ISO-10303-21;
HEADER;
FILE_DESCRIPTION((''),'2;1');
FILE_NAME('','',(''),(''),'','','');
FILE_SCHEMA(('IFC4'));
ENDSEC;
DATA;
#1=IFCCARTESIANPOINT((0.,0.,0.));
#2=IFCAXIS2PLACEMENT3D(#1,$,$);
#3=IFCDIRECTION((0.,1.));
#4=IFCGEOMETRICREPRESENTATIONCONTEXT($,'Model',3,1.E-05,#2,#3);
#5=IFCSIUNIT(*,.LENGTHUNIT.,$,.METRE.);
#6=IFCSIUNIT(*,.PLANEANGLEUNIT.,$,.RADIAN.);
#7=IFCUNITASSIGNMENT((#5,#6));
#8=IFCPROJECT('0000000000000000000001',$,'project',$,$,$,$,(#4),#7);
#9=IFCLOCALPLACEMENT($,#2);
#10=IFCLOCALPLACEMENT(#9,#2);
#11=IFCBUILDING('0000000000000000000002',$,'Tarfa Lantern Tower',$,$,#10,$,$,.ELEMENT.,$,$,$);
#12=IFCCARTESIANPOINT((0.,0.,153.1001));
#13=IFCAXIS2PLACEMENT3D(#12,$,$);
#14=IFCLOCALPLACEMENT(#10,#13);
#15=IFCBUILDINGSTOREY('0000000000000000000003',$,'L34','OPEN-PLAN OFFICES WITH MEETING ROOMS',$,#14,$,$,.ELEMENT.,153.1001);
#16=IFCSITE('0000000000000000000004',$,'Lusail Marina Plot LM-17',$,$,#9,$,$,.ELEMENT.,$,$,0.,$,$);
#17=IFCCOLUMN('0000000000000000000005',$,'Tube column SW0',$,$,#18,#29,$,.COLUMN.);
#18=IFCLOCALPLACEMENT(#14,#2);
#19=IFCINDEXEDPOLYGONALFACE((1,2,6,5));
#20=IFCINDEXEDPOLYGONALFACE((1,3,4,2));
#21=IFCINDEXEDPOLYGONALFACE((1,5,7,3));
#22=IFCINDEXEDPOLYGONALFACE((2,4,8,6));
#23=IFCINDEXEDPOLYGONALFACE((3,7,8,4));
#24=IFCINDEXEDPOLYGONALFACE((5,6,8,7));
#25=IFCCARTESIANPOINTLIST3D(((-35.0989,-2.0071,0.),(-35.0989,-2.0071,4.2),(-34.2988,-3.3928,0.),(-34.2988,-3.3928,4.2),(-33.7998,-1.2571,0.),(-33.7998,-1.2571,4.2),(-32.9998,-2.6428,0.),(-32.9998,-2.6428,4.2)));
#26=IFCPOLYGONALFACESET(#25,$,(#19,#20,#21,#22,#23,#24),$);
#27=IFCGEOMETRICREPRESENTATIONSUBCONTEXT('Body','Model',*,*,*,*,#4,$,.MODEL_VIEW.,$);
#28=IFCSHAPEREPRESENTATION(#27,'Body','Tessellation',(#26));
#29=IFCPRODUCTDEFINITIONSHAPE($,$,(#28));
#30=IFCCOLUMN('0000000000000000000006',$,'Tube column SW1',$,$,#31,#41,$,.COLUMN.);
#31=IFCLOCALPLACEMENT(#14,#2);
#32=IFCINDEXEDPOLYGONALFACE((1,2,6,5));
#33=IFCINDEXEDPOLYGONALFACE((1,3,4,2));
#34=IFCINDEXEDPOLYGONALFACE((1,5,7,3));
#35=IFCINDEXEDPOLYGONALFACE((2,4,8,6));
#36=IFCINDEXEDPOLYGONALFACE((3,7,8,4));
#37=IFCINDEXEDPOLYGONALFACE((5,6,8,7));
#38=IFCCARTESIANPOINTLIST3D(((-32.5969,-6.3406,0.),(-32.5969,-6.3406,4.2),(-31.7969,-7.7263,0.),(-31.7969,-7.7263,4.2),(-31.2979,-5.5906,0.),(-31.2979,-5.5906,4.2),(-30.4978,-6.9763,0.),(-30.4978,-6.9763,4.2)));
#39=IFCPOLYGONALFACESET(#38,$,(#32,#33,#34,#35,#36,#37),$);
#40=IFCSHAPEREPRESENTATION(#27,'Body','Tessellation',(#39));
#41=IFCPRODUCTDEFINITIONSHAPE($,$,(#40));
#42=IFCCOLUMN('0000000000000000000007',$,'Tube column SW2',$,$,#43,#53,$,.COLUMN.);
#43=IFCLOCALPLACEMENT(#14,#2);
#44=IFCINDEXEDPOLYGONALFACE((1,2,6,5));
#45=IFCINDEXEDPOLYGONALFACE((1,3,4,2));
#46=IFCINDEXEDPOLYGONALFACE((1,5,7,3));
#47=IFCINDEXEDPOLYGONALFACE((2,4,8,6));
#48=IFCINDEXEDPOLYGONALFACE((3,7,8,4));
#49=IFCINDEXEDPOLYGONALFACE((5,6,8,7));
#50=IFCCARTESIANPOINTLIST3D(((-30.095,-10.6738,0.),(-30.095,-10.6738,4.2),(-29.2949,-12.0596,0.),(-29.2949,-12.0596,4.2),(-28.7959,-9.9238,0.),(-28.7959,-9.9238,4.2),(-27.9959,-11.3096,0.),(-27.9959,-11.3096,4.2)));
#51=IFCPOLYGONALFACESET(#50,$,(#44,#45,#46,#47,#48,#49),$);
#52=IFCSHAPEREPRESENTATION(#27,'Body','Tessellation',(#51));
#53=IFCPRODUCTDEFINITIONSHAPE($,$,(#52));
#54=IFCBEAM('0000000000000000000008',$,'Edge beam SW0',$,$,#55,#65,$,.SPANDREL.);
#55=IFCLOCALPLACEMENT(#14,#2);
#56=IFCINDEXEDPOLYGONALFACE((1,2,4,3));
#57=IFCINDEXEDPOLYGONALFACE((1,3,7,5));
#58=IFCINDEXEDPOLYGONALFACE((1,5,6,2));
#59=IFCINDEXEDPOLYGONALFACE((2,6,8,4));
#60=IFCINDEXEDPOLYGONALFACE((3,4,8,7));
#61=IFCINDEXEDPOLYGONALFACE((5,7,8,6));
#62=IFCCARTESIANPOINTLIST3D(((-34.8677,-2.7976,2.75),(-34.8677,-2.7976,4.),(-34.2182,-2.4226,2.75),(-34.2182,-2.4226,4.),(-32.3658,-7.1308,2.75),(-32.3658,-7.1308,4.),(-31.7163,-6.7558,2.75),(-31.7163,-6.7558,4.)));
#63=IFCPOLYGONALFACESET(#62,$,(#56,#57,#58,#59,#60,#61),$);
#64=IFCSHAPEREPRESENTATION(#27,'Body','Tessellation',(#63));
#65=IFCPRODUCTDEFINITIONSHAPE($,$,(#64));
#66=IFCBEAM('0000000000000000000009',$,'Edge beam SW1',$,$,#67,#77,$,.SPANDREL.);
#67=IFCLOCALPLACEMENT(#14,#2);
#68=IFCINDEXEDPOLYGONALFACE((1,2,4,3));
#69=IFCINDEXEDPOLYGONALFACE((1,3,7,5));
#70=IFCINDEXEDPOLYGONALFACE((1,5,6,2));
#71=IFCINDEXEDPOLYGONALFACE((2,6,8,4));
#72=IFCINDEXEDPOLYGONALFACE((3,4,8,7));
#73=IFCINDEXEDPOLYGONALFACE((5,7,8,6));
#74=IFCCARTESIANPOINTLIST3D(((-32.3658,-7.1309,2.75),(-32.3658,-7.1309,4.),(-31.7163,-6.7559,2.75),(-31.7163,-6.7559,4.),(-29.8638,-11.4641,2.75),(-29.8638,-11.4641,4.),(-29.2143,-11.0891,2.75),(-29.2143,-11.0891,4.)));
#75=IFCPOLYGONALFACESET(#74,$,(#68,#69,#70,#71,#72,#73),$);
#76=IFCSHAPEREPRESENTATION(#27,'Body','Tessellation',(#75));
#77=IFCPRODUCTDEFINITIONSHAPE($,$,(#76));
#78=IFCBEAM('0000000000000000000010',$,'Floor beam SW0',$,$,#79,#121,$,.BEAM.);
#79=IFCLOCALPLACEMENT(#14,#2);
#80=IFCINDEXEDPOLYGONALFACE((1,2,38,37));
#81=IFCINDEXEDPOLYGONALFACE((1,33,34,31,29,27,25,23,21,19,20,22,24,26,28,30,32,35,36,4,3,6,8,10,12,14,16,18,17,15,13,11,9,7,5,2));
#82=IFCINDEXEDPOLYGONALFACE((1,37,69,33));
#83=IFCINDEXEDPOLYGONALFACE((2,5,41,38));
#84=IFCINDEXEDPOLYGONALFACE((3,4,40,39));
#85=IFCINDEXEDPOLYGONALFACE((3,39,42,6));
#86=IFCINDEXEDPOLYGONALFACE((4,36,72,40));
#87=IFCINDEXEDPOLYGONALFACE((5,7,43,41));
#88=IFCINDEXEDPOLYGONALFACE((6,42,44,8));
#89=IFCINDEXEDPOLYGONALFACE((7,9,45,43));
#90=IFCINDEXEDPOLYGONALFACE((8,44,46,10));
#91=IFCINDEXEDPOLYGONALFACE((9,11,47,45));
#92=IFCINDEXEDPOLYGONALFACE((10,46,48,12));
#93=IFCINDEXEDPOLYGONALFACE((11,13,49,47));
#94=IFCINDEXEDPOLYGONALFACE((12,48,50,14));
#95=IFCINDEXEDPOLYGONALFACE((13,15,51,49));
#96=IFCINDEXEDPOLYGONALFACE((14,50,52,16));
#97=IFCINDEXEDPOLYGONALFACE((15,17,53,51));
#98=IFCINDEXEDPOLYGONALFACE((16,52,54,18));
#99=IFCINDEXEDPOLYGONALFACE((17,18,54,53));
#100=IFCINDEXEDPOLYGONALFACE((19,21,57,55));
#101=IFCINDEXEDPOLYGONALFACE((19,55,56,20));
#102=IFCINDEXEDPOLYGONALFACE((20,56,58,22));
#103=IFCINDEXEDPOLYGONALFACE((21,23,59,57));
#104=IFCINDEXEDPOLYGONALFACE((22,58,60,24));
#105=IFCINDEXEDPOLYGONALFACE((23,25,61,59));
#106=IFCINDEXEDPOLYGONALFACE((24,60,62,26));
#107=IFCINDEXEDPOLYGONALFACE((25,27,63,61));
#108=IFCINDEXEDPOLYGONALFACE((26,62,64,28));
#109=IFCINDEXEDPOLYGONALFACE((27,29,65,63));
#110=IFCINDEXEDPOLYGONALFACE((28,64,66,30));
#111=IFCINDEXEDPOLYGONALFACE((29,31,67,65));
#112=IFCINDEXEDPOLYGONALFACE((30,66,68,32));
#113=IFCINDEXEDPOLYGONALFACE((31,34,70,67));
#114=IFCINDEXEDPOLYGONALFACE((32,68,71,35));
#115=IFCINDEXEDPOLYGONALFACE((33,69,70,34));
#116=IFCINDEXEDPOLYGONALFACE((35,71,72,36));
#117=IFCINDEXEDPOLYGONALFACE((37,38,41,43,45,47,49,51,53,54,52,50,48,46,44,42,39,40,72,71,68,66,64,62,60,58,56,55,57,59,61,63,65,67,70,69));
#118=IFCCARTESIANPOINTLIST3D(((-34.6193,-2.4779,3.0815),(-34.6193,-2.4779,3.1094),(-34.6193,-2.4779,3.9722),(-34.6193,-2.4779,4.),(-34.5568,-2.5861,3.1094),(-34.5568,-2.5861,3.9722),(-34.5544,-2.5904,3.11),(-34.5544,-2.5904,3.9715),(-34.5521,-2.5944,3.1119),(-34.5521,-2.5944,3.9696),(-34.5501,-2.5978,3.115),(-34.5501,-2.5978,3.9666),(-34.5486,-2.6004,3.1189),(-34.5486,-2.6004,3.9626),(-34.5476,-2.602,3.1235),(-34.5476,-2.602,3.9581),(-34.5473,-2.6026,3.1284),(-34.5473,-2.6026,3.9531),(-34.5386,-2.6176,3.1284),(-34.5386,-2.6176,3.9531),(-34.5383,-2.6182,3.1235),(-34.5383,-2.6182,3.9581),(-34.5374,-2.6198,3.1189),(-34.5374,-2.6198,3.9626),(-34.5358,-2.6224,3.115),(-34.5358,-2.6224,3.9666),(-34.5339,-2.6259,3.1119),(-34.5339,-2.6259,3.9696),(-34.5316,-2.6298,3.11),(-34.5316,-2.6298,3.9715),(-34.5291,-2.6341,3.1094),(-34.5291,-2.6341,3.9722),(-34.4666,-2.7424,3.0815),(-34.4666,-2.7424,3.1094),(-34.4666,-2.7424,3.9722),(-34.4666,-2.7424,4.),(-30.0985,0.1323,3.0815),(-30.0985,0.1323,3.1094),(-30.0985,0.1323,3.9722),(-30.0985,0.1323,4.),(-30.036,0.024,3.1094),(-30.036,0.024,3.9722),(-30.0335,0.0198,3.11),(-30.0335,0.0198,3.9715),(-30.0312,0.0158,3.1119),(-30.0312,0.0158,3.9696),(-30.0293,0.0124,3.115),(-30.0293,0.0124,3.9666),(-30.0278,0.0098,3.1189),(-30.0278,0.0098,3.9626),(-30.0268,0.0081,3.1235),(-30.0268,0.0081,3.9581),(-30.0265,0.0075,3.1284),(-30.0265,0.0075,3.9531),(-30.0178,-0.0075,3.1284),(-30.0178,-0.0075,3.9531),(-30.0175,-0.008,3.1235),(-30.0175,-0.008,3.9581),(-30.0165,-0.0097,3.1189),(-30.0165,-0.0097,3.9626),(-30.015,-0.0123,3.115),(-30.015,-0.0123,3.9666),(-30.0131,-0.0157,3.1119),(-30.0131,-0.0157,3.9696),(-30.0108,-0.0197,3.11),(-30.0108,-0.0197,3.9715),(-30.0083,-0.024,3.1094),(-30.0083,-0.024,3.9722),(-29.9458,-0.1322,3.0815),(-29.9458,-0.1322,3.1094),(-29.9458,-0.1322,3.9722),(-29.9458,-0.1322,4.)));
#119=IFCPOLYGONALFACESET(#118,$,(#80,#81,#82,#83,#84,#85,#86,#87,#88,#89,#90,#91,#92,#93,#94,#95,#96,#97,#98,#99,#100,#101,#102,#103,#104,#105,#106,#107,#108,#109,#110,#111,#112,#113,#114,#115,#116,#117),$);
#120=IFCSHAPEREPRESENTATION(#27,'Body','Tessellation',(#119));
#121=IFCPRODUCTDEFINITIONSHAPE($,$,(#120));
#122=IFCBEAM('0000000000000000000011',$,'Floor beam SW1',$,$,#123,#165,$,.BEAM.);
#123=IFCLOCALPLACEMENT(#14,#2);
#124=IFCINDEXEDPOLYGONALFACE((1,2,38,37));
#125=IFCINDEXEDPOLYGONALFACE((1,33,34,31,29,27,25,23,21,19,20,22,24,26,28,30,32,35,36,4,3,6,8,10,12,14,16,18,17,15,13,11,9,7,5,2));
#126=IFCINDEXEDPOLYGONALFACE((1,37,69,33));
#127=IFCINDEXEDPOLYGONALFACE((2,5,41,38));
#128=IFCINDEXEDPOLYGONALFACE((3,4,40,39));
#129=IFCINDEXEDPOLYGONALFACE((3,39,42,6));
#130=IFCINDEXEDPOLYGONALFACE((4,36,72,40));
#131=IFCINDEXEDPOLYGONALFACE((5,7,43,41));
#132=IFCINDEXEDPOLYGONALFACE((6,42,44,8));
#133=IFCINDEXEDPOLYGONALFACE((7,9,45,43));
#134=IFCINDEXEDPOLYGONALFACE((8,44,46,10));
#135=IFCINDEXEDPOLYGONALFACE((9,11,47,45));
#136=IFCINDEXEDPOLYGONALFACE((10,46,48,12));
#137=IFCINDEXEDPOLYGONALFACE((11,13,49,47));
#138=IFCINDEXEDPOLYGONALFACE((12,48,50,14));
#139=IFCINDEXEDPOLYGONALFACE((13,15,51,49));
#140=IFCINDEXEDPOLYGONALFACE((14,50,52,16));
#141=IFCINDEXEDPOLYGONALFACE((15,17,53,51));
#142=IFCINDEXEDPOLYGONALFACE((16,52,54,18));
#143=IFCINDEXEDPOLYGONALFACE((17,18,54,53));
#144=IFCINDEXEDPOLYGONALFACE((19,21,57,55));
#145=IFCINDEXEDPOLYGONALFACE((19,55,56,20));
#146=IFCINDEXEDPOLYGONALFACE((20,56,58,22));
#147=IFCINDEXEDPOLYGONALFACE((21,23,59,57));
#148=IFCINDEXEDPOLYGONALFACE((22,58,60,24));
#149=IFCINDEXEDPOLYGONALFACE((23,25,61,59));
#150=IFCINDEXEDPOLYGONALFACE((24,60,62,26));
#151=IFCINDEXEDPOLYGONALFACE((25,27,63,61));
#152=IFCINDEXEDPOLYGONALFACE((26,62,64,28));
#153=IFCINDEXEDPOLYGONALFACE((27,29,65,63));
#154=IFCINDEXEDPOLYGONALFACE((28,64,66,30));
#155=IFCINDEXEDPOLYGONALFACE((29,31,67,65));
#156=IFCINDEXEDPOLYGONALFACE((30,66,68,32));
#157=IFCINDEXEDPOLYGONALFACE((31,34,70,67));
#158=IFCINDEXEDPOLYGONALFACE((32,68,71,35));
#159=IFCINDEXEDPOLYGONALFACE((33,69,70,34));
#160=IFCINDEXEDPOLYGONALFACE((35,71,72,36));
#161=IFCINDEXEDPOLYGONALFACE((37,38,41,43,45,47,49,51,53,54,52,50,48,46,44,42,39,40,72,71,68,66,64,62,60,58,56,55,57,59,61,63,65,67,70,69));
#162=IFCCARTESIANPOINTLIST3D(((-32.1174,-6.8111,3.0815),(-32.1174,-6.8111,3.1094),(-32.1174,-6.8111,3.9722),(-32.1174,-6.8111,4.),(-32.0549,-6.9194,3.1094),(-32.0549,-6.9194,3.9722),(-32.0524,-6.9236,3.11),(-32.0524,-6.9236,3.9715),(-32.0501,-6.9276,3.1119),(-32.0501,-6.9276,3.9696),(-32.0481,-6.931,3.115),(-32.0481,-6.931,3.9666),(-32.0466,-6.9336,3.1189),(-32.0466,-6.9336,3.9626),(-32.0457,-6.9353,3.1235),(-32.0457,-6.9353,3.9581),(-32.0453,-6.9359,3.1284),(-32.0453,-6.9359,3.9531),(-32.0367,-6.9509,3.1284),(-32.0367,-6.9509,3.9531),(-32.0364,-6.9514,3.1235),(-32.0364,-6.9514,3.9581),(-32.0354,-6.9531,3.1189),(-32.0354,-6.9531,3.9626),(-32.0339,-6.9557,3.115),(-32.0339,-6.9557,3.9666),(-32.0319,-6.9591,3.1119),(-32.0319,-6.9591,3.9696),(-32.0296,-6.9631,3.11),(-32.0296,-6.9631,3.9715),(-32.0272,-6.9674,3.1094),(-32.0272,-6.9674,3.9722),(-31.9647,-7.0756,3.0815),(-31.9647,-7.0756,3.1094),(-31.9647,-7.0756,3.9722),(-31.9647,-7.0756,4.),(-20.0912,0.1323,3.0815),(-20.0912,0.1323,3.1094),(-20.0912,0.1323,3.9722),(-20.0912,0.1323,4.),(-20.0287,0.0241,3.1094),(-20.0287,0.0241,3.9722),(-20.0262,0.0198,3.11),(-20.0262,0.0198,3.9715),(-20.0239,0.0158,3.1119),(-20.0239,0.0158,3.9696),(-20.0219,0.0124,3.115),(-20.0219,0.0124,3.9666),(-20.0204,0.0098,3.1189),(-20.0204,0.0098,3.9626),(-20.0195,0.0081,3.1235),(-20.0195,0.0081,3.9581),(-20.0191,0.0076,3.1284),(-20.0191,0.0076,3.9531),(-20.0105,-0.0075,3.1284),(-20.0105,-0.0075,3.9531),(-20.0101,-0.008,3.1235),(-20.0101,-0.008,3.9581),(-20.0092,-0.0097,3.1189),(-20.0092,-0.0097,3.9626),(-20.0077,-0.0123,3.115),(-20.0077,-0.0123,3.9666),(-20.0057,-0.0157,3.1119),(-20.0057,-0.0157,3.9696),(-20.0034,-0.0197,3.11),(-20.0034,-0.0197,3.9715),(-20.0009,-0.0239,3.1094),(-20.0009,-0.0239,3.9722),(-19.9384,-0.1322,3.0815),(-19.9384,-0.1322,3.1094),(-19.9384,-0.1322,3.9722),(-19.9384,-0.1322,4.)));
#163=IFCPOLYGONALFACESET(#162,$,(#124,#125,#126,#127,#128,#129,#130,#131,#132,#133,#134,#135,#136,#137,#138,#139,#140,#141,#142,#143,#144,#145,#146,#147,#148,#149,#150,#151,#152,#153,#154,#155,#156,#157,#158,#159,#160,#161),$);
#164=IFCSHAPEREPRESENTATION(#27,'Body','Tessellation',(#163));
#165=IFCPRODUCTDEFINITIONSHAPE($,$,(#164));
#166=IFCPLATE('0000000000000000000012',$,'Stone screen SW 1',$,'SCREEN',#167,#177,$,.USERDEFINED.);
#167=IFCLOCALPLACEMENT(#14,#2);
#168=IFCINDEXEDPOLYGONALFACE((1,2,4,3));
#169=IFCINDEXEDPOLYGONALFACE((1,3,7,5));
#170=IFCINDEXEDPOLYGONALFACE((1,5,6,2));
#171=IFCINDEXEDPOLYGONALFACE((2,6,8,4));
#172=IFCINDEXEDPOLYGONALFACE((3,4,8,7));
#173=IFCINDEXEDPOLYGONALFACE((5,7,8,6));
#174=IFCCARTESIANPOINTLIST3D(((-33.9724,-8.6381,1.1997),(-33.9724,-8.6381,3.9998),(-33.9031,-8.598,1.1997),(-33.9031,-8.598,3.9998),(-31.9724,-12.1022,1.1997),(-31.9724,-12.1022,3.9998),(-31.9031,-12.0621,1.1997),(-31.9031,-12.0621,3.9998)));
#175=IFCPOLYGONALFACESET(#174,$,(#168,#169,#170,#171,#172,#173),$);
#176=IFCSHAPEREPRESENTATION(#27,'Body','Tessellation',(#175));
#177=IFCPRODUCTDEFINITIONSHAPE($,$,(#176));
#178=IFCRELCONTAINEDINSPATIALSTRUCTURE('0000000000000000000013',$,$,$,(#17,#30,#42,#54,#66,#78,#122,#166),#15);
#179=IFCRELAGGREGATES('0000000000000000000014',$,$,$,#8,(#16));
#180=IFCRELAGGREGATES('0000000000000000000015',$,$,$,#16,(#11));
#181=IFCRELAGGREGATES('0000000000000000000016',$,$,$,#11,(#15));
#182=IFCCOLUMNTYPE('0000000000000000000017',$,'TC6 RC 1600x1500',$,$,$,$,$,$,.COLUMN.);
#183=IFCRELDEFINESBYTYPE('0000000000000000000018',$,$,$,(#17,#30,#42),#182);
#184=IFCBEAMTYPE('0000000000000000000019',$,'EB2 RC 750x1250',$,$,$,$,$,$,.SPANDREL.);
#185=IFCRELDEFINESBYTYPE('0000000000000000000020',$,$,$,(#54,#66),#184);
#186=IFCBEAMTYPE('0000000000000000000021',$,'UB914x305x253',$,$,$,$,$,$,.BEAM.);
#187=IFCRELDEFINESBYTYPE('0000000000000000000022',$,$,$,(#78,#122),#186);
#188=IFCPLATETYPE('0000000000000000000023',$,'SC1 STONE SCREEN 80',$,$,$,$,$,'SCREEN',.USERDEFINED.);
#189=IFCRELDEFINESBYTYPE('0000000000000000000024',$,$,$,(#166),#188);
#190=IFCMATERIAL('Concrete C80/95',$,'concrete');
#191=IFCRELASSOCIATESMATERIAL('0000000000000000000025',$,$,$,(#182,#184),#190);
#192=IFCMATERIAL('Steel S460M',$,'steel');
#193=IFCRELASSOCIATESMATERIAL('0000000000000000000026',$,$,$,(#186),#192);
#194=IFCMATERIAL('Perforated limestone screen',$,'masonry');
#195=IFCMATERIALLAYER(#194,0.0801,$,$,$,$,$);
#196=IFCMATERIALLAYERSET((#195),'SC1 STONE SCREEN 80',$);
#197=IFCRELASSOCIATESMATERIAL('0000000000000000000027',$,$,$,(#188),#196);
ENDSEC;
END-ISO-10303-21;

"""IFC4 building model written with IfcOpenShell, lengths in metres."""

from ifc_helpers import new_model, si_unit, direction, frame, origin, origin_2d, place, context, subcontext, project, spatial, rectangle, i_section, extrude, material, layer, layer_set, material_profile, profile_set, type_object, element, save


model = new_model("IFC4")

# Units and contexts
model_context = context("Model", 3, precision=1e-05, world=origin(), true_north=direction((0.0, 1.0)))
body_context = subcontext(model_context, "Body", "Model", "MODEL_VIEW")
ifc_project = project(units=[si_unit("LENGTHUNIT", "METRE"), si_unit("PLANEANGLEUNIT", "RADIAN")], contexts=[model_context])

# Site, building, storey
site_placement = place(None, origin())
site = spatial("IfcSite", under=ifc_project, at=site_placement, Name="Lusail Marina Plot LM-17", CompositionType="ELEMENT", RefElevation=0.0)
building_placement = place(site_placement, origin())
building = spatial("IfcBuilding", under=site, at=building_placement, Name="Tarfa Lantern Tower", CompositionType="ELEMENT")
storey_placement = place(building_placement, frame((0.0, 0.0, 153.1001)))
storey = spatial("IfcBuildingStorey", under=building, at=storey_placement, Name="L34", Description="OPEN-PLAN OFFICES WITH MEETING ROOMS", CompositionType="ELEMENT", Elevation=153.1001)

# Columns
ifc_material_1 = material(Name="Concrete C80/95", Category="concrete")
ifc_material_profile_1 = material_profile(ifc_material_1, rectangle(XDim=1.6001, YDim=1.5, at=origin_2d()), Name="RC 1600x1500")
ifc_profile_set_1 = profile_set([ifc_material_profile_1], Name="Concrete C80/95")
column_type = type_object("IfcColumnType", Name="TC6 RC 1600x1500", PredefinedType="COLUMN", material=ifc_profile_set_1)
for number, where, z_axis, x_axis, name in (
    (1, (-34.0493, -2.325, 0.0), (0.0, 0.0, 1.0), (0.5, -0.866025, 0.0), "Tube column SW0"),
    (2, (-31.5474, -6.6584, 0.0), (0.0, 0.0, 1.0), (0.5, -0.866025, 0.0), "Tube column SW1"),
    (3, (-29.0454, -10.9917, 0.0), (0.0, 0.0, 1.0), (0.5, -0.866025, 0.0), "Tube column SW2"),
):
    element("IfcColumn", number, at=place(storey_placement, frame(where, z_axis=z_axis, x_axis=x_axis)), inside=storey, type_object=column_type, Name=name, PredefinedType="COLUMN", context=body_context, shape_type="SweptSolid", body=[
        extrude(rectangle(XDim=1.6001, YDim=1.5, at=origin_2d()), origin(), (0.0, 0.0, 1.0), 4.2),
    ])

# Beams
ifc_material_profile_2 = material_profile(ifc_material_1, rectangle(XDim=0.75, YDim=1.25, at=origin_2d()), Name="RC 750x1250")
ifc_profile_set_2 = profile_set([ifc_material_profile_2], Name="Concrete C80/95")
beam_type_1 = type_object("IfcBeamType", Name="EB2 RC 750x1250", PredefinedType="SPANDREL", material=ifc_profile_set_2)
for number, where, z_axis, x_axis, name in (
    (4, (-34.543, -2.6101, 3.375), (0.500022, -0.866013, 0.0), (0.866013, 0.500022, 0.0), "Edge beam SW0"),
    (5, (-32.041, -6.9434, 3.375), (0.500022, -0.866013, 0.0), (0.866013, 0.500022, 0.0), "Edge beam SW1"),
):
    element("IfcBeam", number, at=place(storey_placement, frame(where, z_axis=z_axis, x_axis=x_axis)), inside=storey, type_object=beam_type_1, Name=name, PredefinedType="SPANDREL", context=body_context, shape_type="SweptSolid", body=[
        extrude(rectangle(XDim=0.75, YDim=1.25, at=origin_2d()), origin(), (0.0, 0.0, 1.0), 5.0037),
    ])
ifc_material_2 = material(Name="Steel S460M", Category="steel")
ifc_material_profile_3 = material_profile(ifc_material_2, i_section(OverallWidth=0.3054, OverallDepth=0.9185, WebThickness=0.0173, FlangeThickness=0.0278, FilletRadius=0.019, at=origin_2d()), Name="UB914x305x253")
ifc_profile_set_3 = profile_set([ifc_material_profile_3], Name="Steel S460M")
beam_type_2 = type_object("IfcBeamType", Name="UB914x305x253", PredefinedType="BEAM", material=ifc_profile_set_3)
beam_1_placement = place(storey_placement, frame((-34.543, -2.6101, 3.5408), z_axis=(0.866021, 0.500007, 0.0), x_axis=(-0.500007, 0.866021, 0.0)))
element("IfcBeam", 6, at=beam_1_placement, inside=storey, type_object=beam_type_2, Name="Floor beam SW0", PredefinedType="BEAM", context=body_context, shape_type="SweptSolid", body=[
    extrude(i_section(OverallWidth=0.3054, OverallDepth=0.9185, WebThickness=0.0173, FlangeThickness=0.0278, FilletRadius=0.019, at=origin_2d()), origin(), (0.0, 0.0, 1.0), 5.2202),
])
beam_2_placement = place(storey_placement, frame((-32.041, -6.9434, 3.5408), z_axis=(0.866023, 0.500004, 0.0), x_axis=(-0.500004, 0.866023, 0.0)))
element("IfcBeam", 7, at=beam_2_placement, inside=storey, type_object=beam_type_2, Name="Floor beam SW1", PredefinedType="BEAM", context=body_context, shape_type="SweptSolid", body=[
    extrude(i_section(OverallWidth=0.3054, OverallDepth=0.9185, WebThickness=0.0173, FlangeThickness=0.0278, FilletRadius=0.019, at=origin_2d()), origin(), (0.0, 0.0, 1.0), 13.8867),
])

# Plate
ifc_material_3 = material(Name="Perforated limestone screen", Category="masonry")
ifc_layer_1 = layer(ifc_material_3, 0.0801)
ifc_layer_set_1 = layer_set([ifc_layer_1], Name="SC1 STONE SCREEN 80")
plate_type = type_object("IfcPlateType", Name="SC1 STONE SCREEN 80", ElementType="SCREEN", PredefinedType="USERDEFINED", material=ifc_layer_set_1)
plate_placement = place(storey_placement, frame((-32.9377, -10.3501, 1.1997), z_axis=(0.0, 0.0, 1.0), x_axis=(0.5, -0.866025, 0.0)))
element("IfcPlate", 8, at=plate_placement, inside=storey, type_object=plate_type, Name="Stone screen SW 1", ObjectType="SCREEN", PredefinedType="USERDEFINED", context=body_context, shape_type="SweptSolid", body=[
    extrude(rectangle(XDim=4.0, YDim=0.0801, at=origin_2d()), origin(), (0.0, 0.0, 1.0), 2.8),
])

save(model, "model.ifc")
